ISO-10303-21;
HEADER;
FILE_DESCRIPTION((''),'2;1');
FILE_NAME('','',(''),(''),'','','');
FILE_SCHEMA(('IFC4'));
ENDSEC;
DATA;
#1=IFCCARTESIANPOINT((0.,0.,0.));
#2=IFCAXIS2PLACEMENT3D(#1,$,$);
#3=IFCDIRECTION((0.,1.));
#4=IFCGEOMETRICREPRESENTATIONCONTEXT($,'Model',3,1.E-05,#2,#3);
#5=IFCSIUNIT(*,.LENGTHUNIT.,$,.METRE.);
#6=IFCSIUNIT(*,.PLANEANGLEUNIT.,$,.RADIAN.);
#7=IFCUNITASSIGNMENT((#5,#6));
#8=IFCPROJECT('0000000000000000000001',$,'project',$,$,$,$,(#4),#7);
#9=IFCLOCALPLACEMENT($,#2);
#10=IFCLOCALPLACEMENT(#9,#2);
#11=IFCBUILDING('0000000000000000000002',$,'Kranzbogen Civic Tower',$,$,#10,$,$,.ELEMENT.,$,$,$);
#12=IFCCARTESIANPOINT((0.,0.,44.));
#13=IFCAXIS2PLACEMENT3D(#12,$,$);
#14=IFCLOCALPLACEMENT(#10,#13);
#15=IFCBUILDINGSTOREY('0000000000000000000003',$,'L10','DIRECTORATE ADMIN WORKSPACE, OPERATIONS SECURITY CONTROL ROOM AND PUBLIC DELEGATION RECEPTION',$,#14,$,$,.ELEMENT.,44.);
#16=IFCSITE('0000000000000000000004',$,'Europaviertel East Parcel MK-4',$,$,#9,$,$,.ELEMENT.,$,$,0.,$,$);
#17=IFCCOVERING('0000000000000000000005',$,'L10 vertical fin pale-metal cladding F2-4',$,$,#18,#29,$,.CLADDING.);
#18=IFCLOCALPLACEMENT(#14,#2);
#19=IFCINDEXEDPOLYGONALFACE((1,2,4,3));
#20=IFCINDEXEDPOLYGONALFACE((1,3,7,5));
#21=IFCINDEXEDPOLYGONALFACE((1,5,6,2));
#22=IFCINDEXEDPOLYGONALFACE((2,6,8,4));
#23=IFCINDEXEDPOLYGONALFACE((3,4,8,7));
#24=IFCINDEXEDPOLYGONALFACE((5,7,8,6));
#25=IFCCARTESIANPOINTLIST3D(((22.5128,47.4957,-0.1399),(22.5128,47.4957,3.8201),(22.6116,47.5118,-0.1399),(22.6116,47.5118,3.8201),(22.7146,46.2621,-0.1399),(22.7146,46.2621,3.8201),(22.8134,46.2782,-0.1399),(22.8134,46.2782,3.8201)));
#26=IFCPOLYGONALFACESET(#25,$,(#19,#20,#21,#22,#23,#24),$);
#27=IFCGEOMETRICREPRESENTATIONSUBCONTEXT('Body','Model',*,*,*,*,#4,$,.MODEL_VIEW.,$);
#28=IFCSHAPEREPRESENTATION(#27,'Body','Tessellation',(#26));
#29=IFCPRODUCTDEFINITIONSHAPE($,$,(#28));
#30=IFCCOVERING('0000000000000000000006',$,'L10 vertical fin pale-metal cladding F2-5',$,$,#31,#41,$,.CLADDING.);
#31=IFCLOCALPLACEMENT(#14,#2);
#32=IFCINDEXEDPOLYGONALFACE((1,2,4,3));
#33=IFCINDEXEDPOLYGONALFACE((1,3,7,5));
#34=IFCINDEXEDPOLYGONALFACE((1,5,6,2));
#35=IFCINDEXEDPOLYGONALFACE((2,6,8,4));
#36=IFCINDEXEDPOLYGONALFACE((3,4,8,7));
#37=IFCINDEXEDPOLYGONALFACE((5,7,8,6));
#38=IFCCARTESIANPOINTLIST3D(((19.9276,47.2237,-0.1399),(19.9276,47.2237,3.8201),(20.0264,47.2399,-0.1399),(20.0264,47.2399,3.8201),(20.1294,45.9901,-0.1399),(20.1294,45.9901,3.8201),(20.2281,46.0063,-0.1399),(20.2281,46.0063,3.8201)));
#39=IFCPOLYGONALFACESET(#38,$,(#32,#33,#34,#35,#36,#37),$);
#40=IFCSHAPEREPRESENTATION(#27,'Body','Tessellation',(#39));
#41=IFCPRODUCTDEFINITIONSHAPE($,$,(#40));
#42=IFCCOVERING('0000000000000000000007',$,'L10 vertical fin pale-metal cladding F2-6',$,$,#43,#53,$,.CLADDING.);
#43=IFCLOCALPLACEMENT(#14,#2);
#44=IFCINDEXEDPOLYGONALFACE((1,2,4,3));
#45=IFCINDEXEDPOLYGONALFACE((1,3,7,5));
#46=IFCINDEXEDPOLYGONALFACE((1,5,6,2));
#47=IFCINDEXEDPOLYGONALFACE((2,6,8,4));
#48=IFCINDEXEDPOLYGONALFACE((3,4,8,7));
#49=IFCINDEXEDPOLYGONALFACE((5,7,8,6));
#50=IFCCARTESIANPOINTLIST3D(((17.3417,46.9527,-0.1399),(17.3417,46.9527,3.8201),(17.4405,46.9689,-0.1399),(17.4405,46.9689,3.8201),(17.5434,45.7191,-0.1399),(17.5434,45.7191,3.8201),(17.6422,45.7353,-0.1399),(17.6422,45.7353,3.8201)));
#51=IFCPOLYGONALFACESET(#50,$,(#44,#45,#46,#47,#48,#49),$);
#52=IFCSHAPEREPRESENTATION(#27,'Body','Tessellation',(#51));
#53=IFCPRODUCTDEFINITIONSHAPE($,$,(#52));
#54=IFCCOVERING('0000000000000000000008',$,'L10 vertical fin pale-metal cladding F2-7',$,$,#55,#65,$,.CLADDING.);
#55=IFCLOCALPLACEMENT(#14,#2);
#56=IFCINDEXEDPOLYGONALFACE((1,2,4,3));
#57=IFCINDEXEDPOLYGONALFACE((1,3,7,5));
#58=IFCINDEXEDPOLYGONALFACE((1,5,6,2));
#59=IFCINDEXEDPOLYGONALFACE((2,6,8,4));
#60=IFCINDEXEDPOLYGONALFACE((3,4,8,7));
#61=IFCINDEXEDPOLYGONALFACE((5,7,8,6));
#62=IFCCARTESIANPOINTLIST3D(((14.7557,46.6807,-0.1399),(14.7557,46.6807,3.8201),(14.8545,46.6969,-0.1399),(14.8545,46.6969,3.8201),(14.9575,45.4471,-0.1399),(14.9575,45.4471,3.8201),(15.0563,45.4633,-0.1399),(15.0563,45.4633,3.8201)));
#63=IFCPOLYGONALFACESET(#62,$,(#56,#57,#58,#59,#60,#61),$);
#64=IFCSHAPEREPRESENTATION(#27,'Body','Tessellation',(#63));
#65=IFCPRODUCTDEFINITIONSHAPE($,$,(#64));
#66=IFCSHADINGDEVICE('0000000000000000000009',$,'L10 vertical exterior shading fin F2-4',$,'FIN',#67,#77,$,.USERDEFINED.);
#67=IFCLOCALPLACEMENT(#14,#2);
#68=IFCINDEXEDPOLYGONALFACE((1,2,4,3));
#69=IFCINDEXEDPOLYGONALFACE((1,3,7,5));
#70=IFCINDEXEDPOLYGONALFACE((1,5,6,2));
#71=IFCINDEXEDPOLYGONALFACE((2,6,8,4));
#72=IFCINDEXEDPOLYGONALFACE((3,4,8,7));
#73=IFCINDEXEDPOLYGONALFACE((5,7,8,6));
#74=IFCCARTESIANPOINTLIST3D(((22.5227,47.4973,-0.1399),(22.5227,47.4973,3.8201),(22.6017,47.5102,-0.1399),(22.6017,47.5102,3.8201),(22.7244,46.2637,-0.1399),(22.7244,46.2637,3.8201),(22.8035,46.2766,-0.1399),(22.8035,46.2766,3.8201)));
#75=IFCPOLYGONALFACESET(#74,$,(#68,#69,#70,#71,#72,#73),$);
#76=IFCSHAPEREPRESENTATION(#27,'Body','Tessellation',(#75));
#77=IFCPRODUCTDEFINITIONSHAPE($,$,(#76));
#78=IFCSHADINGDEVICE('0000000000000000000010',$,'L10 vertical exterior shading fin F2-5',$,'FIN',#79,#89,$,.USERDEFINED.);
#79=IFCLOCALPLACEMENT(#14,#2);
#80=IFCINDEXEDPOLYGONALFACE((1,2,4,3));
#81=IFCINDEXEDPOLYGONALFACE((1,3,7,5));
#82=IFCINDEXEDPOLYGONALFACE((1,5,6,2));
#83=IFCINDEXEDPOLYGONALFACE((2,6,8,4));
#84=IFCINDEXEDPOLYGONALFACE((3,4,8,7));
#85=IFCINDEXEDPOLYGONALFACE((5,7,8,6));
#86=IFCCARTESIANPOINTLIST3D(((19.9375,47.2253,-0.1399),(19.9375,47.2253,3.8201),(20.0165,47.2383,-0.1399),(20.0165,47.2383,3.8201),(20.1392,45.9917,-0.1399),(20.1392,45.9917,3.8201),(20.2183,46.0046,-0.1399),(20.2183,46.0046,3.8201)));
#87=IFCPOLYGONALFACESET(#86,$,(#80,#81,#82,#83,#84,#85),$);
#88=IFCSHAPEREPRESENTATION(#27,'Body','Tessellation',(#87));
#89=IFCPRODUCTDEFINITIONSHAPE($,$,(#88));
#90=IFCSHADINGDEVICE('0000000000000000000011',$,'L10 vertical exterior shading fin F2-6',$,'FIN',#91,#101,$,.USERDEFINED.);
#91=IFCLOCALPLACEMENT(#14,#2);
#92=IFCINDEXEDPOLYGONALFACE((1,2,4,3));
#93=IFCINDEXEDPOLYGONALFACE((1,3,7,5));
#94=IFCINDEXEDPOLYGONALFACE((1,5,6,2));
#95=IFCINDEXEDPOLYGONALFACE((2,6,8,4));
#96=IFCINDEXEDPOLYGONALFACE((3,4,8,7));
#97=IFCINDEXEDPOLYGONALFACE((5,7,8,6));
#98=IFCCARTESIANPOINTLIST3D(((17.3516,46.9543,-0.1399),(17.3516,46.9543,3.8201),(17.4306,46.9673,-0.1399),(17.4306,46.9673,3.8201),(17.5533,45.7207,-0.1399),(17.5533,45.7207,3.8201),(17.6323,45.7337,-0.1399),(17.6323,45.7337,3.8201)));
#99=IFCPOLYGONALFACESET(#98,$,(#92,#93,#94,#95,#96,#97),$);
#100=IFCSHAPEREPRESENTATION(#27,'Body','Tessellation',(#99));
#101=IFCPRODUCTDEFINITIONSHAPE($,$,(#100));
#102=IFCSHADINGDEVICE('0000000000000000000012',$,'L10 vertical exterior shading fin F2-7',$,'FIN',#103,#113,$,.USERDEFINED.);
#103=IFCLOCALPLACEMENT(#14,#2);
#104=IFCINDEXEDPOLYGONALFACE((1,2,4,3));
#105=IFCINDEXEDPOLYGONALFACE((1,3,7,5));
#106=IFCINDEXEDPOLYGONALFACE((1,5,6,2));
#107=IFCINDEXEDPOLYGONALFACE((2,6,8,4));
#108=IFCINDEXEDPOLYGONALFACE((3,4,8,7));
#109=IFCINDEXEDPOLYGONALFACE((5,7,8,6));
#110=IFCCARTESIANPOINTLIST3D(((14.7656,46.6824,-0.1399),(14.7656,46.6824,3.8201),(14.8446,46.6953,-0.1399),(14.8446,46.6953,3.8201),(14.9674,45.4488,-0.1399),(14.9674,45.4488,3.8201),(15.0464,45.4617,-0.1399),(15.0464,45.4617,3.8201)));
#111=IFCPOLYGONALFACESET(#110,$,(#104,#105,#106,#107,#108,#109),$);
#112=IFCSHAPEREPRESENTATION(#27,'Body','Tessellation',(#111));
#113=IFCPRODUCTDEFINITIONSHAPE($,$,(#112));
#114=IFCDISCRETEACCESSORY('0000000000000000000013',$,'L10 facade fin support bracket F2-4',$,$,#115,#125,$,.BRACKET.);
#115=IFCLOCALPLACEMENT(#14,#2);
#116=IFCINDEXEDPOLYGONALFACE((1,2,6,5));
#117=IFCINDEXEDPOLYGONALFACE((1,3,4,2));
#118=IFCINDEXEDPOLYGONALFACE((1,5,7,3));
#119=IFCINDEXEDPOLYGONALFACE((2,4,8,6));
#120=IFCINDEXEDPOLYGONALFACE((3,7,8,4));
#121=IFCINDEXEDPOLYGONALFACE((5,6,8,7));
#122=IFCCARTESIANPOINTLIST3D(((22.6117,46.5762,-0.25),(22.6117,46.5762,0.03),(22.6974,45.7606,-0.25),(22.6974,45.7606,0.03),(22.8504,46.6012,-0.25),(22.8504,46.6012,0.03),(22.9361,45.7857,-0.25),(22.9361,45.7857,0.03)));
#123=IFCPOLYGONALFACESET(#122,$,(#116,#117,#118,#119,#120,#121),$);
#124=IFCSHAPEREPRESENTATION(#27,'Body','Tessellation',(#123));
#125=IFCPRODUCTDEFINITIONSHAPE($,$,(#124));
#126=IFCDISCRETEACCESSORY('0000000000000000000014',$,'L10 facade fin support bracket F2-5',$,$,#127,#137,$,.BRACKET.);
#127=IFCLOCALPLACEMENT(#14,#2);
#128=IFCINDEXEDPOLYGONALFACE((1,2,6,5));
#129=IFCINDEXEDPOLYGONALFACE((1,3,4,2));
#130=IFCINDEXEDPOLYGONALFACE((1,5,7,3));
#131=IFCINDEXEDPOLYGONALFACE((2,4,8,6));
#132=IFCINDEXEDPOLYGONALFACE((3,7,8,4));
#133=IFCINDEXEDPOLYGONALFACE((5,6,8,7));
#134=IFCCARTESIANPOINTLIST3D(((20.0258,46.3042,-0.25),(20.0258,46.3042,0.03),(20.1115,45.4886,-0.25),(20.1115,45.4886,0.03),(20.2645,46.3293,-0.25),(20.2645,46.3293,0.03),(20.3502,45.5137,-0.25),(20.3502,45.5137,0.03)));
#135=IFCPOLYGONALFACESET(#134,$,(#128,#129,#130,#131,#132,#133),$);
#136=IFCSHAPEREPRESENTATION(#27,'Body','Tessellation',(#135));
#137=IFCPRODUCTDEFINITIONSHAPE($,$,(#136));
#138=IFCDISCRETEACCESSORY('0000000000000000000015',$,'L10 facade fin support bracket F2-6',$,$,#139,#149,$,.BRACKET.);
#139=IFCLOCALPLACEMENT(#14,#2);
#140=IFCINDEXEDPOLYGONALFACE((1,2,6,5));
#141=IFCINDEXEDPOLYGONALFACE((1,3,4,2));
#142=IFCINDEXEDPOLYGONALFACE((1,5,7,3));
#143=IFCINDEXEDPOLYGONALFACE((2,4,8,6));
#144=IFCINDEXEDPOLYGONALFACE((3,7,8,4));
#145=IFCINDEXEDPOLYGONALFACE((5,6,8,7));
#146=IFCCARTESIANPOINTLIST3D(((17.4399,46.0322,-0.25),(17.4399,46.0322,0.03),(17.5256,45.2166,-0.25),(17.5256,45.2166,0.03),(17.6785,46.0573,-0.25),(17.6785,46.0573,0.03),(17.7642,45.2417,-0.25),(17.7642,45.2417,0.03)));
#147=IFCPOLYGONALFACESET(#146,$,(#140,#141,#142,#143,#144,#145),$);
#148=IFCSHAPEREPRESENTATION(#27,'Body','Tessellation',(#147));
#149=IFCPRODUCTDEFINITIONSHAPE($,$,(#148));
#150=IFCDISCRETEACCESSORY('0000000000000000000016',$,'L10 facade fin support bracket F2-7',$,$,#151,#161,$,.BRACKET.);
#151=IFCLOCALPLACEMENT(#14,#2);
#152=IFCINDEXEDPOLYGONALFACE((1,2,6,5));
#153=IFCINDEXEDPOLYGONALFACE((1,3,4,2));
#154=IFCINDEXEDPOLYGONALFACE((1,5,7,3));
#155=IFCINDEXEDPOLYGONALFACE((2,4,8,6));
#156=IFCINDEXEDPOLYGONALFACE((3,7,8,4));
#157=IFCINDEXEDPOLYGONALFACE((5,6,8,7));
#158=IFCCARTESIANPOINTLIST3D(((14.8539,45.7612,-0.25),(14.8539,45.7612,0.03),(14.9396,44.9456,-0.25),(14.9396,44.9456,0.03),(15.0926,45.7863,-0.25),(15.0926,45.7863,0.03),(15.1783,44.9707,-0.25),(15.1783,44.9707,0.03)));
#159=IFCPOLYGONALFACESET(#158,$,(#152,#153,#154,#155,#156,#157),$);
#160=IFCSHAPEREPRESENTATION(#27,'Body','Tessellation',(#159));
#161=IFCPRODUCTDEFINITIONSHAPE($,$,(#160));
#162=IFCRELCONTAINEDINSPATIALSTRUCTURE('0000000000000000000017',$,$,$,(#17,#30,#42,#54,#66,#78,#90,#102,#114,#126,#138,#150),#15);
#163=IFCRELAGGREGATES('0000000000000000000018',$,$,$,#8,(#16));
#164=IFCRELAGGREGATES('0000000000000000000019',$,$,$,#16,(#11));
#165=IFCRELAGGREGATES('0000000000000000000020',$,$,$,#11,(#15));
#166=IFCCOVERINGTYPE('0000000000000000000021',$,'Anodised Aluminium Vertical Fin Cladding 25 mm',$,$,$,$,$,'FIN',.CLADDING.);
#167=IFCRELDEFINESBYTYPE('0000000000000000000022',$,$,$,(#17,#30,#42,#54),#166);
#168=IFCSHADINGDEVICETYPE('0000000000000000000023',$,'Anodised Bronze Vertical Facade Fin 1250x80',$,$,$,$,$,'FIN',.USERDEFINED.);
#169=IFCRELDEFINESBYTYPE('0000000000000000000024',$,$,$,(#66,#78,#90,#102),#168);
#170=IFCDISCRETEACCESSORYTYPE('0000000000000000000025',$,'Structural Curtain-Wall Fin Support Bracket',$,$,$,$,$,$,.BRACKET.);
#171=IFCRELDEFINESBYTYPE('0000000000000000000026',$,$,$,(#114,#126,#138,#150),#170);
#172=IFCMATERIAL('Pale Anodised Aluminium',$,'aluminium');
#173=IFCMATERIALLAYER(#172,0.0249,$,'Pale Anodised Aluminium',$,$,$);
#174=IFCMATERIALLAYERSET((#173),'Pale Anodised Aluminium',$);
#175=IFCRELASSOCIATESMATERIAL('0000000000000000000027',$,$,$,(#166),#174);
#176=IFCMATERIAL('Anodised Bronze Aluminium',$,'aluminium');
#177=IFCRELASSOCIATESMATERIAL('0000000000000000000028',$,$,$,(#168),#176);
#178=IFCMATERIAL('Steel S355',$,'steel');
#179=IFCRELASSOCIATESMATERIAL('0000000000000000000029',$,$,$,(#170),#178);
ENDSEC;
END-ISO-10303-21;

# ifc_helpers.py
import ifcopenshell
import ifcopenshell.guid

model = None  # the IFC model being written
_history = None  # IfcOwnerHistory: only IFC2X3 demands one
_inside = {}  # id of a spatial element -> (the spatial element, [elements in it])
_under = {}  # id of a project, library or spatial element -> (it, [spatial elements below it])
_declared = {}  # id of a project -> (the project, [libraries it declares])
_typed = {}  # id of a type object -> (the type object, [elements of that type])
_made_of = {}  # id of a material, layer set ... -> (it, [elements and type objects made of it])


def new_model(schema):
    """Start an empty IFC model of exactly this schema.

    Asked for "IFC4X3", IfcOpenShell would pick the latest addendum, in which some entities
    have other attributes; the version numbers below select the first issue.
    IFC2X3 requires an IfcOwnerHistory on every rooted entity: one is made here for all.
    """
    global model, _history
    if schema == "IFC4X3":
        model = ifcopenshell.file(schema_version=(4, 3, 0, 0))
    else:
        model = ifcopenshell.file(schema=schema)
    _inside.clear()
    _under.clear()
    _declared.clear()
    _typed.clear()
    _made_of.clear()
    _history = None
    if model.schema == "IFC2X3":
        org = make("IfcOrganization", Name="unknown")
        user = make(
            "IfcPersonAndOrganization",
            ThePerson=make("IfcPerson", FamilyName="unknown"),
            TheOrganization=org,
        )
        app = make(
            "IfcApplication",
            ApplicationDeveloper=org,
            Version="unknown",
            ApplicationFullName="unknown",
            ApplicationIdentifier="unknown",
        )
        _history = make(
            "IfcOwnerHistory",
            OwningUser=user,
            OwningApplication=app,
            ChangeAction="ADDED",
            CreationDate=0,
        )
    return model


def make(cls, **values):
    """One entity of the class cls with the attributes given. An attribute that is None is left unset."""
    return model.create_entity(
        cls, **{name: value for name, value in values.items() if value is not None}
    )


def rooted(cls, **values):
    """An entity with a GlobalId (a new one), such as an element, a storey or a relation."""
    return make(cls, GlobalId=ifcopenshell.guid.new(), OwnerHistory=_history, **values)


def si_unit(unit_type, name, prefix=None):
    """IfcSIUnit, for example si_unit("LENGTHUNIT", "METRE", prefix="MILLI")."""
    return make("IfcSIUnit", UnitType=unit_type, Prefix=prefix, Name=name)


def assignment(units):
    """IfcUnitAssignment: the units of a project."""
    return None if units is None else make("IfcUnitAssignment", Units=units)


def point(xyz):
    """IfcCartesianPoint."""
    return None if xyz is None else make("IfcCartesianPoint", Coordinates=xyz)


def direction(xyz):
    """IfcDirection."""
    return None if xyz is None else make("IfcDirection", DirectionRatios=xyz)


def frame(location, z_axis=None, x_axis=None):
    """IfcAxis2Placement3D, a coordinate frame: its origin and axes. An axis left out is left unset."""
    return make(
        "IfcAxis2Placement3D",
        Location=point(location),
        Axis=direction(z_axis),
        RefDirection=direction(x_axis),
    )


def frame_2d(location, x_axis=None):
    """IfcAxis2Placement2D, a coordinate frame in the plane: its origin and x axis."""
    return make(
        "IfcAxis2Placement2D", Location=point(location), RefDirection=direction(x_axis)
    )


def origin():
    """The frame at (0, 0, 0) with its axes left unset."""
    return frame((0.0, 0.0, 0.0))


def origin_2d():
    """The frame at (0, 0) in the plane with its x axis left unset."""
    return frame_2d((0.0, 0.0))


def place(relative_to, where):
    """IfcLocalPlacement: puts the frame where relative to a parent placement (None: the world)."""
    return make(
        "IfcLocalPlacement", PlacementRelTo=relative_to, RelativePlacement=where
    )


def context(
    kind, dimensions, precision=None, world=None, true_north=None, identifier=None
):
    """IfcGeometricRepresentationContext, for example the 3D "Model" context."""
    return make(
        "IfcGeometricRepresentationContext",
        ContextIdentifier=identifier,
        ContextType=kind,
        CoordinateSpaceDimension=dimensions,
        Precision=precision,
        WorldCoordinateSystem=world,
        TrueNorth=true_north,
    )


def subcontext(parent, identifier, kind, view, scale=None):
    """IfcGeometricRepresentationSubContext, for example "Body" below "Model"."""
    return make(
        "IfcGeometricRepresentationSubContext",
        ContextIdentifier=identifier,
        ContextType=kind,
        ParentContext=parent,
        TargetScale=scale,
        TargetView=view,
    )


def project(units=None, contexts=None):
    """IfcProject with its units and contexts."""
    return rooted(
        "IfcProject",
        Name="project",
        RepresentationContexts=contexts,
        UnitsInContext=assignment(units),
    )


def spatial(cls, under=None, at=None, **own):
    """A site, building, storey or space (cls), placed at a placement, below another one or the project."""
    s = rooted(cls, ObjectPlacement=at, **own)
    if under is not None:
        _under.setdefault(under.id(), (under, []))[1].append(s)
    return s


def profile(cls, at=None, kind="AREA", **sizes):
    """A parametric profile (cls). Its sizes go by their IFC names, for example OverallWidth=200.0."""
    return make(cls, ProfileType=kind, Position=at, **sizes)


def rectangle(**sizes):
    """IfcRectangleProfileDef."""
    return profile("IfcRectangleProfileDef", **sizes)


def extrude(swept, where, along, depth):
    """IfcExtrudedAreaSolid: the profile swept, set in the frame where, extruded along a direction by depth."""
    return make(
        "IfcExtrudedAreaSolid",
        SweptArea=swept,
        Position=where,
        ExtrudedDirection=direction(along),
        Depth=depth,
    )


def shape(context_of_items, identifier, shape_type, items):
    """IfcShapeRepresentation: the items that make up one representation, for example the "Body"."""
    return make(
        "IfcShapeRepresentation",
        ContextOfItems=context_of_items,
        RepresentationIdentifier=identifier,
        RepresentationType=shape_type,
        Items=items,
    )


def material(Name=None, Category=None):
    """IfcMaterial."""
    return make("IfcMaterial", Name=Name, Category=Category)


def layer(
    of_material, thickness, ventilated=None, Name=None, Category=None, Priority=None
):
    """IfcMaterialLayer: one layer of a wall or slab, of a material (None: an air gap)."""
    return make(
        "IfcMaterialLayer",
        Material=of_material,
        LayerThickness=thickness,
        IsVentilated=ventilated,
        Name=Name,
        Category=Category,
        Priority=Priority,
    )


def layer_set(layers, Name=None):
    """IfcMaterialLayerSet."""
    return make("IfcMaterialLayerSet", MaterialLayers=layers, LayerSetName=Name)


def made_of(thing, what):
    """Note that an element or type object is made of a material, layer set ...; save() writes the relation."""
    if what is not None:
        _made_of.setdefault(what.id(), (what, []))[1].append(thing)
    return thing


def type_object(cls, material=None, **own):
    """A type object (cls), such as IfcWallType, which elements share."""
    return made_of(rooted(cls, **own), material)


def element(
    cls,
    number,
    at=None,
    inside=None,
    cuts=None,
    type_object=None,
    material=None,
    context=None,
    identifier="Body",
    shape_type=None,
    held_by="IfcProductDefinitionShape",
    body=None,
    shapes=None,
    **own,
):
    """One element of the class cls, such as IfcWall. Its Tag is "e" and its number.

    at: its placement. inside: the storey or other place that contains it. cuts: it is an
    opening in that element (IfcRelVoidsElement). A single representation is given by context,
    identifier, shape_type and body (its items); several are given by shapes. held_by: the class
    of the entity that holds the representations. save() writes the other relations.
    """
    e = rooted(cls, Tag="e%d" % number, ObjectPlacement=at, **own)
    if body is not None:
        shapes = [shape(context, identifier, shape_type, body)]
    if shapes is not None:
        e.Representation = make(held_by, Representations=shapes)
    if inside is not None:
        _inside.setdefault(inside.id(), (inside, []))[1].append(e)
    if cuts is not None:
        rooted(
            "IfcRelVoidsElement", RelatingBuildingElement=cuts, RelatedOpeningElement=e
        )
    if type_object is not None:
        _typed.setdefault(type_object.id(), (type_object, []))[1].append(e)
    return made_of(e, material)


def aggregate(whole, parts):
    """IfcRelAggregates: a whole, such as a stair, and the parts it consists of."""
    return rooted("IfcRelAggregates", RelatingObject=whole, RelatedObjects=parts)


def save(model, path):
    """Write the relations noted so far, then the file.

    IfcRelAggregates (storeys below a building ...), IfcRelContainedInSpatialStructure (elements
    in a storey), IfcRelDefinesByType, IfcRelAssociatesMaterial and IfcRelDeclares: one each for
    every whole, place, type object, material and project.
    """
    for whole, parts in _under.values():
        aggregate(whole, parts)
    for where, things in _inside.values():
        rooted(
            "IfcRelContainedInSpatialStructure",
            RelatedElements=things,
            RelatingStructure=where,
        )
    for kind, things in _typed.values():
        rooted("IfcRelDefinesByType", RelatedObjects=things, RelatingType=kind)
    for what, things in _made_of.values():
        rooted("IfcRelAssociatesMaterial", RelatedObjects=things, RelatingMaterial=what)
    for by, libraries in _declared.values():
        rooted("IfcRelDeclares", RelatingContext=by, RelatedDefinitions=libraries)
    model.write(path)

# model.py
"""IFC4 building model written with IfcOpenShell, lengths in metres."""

from ifc_helpers import new_model, si_unit, direction, frame, origin, origin_2d, place, context, subcontext, project, spatial, rectangle, extrude, material, layer, layer_set, type_object, element, save


model = new_model("IFC4")

# Units and contexts
model_context = context("Model", 3, precision=1e-05, world=origin(), true_north=direction((0.0, 1.0)))
body_context = subcontext(model_context, "Body", "Model", "MODEL_VIEW")
ifc_project = project(units=[si_unit("LENGTHUNIT", "METRE"), si_unit("PLANEANGLEUNIT", "RADIAN")], contexts=[model_context])

# Site, building, storey
site_placement = place(None, origin())
site = spatial("IfcSite", under=ifc_project, at=site_placement, Name="Europaviertel East Parcel MK-4", CompositionType="ELEMENT", RefElevation=0.0)
building_placement = place(site_placement, origin())
building = spatial("IfcBuilding", under=site, at=building_placement, Name="Kranzbogen Civic Tower", CompositionType="ELEMENT")
storey_placement = place(building_placement, frame((0.0, 0.0, 44.0)))
storey = spatial("IfcBuildingStorey", under=building, at=storey_placement, Name="L10", Description="DIRECTORATE ADMIN WORKSPACE, OPERATIONS SECURITY CONTROL ROOM AND PUBLIC DELEGATION RECEPTION", CompositionType="ELEMENT", Elevation=44.0)

# Shared definitions
ifc_material_1 = material(Name="Steel S355", Category="steel")

# Shared definitions
ifc_material_2 = material(Name="Pale Anodised Aluminium", Category="aluminium")

# Coverings
ifc_layer_1 = layer(ifc_material_2, 0.0249, Name="Pale Anodised Aluminium")
ifc_layer_set_1 = layer_set([ifc_layer_1], Name="Pale Anodised Aluminium")
covering_type = type_object("IfcCoveringType", Name="Anodised Aluminium Vertical Fin Cladding 25 mm", ElementType="FIN", PredefinedType="CLADDING", material=ifc_layer_set_1)
for number, where, z_axis, x_axis, name in (
    (1, (22.6631, 46.887, -0.1399), (0.0, 0.0, 1.0), (-0.161397, 0.98689, 0.0), "L10 vertical fin pale-metal cladding F2-4"),
    (2, (20.0779, 46.615, -0.1399), (0.0, 0.0, 1.0), (-0.161397, 0.98689, 0.0), "L10 vertical fin pale-metal cladding F2-5"),
    (3, (17.4919, 46.344, -0.1399), (0.0, 0.0, 1.0), (-0.161397, 0.98689, 0.0), "L10 vertical fin pale-metal cladding F2-6"),
    (4, (14.906, 46.072, -0.1399), (0.0, 0.0, 1.0), (-0.161397, 0.98689, 0.0), "L10 vertical fin pale-metal cladding F2-7"),
):
    element("IfcCovering", number, at=place(storey_placement, frame(where, z_axis=z_axis, x_axis=x_axis)), inside=storey, type_object=covering_type, Name=name, PredefinedType="CLADDING", context=body_context, shape_type="SweptSolid", body=[
        extrude(rectangle(XDim=1.25, YDim=0.1001, at=origin_2d()), origin(), (0.0, 0.0, 1.0), 3.96),
    ])

# Shading devices
ifc_material_3 = material(Name="Anodised Bronze Aluminium", Category="aluminium")
shading_device_type = type_object("IfcShadingDeviceType", Name="Anodised Bronze Vertical Facade Fin 1250x80", ElementType="FIN", PredefinedType="USERDEFINED", material=ifc_material_3)
for number, where, z_axis, x_axis, name in (
    (5, (22.6631, 46.887, -0.1399), (0.0, 0.0, 1.0), (-0.161397, 0.98689, 0.0), "L10 vertical exterior shading fin F2-4"),
    (6, (20.0779, 46.615, -0.1399), (0.0, 0.0, 1.0), (-0.161397, 0.98689, 0.0), "L10 vertical exterior shading fin F2-5"),
    (7, (17.4919, 46.344, -0.1399), (0.0, 0.0, 1.0), (-0.161397, 0.98689, 0.0), "L10 vertical exterior shading fin F2-6"),
    (8, (14.906, 46.072, -0.1399), (0.0, 0.0, 1.0), (-0.161397, 0.98689, 0.0), "L10 vertical exterior shading fin F2-7"),
):
    element("IfcShadingDevice", number, at=place(storey_placement, frame(where, z_axis=z_axis, x_axis=x_axis)), inside=storey, type_object=shading_device_type, Name=name, ObjectType="FIN", PredefinedType="USERDEFINED", context=body_context, shape_type="SweptSolid", body=[
        extrude(rectangle(XDim=1.25, YDim=0.0801, at=origin_2d()), origin(), (0.0, 0.0, 1.0), 3.96),
    ])

# Discrete accessories
discrete_accessory_type = type_object("IfcDiscreteAccessoryType", Name="Structural Curtain-Wall Fin Support Bracket", PredefinedType="BRACKET", material=ifc_material_1)
for number, where, z_axis, x_axis, name in (
    (9, (22.7739, 46.1809, -0.25), (0.0, 0.0, 1.0), (-0.104528, 0.994522, 0.0), "L10 facade fin support bracket F2-4"),
    (10, (20.188, 45.9089, -0.25), (0.0, 0.0, 1.0), (-0.104528, 0.994522, 0.0), "L10 facade fin support bracket F2-5"),
    (11, (17.6021, 45.637, -0.25), (0.0, 0.0, 1.0), (-0.104528, 0.994522, 0.0), "L10 facade fin support bracket F2-6"),
    (12, (15.0161, 45.366, -0.25), (0.0, 0.0, 1.0), (-0.104528, 0.994522, 0.0), "L10 facade fin support bracket F2-7"),
):
    element("IfcDiscreteAccessory", number, at=place(storey_placement, frame(where, z_axis=z_axis, x_axis=x_axis)), inside=storey, type_object=discrete_accessory_type, Name=name, PredefinedType="BRACKET", context=body_context, shape_type="SweptSolid", body=[
        extrude(rectangle(XDim=0.8201, YDim=0.24, at=origin_2d()), origin(), (0.0, 0.0, 1.0), 0.28),
    ])

save(model, "model.ifc")
